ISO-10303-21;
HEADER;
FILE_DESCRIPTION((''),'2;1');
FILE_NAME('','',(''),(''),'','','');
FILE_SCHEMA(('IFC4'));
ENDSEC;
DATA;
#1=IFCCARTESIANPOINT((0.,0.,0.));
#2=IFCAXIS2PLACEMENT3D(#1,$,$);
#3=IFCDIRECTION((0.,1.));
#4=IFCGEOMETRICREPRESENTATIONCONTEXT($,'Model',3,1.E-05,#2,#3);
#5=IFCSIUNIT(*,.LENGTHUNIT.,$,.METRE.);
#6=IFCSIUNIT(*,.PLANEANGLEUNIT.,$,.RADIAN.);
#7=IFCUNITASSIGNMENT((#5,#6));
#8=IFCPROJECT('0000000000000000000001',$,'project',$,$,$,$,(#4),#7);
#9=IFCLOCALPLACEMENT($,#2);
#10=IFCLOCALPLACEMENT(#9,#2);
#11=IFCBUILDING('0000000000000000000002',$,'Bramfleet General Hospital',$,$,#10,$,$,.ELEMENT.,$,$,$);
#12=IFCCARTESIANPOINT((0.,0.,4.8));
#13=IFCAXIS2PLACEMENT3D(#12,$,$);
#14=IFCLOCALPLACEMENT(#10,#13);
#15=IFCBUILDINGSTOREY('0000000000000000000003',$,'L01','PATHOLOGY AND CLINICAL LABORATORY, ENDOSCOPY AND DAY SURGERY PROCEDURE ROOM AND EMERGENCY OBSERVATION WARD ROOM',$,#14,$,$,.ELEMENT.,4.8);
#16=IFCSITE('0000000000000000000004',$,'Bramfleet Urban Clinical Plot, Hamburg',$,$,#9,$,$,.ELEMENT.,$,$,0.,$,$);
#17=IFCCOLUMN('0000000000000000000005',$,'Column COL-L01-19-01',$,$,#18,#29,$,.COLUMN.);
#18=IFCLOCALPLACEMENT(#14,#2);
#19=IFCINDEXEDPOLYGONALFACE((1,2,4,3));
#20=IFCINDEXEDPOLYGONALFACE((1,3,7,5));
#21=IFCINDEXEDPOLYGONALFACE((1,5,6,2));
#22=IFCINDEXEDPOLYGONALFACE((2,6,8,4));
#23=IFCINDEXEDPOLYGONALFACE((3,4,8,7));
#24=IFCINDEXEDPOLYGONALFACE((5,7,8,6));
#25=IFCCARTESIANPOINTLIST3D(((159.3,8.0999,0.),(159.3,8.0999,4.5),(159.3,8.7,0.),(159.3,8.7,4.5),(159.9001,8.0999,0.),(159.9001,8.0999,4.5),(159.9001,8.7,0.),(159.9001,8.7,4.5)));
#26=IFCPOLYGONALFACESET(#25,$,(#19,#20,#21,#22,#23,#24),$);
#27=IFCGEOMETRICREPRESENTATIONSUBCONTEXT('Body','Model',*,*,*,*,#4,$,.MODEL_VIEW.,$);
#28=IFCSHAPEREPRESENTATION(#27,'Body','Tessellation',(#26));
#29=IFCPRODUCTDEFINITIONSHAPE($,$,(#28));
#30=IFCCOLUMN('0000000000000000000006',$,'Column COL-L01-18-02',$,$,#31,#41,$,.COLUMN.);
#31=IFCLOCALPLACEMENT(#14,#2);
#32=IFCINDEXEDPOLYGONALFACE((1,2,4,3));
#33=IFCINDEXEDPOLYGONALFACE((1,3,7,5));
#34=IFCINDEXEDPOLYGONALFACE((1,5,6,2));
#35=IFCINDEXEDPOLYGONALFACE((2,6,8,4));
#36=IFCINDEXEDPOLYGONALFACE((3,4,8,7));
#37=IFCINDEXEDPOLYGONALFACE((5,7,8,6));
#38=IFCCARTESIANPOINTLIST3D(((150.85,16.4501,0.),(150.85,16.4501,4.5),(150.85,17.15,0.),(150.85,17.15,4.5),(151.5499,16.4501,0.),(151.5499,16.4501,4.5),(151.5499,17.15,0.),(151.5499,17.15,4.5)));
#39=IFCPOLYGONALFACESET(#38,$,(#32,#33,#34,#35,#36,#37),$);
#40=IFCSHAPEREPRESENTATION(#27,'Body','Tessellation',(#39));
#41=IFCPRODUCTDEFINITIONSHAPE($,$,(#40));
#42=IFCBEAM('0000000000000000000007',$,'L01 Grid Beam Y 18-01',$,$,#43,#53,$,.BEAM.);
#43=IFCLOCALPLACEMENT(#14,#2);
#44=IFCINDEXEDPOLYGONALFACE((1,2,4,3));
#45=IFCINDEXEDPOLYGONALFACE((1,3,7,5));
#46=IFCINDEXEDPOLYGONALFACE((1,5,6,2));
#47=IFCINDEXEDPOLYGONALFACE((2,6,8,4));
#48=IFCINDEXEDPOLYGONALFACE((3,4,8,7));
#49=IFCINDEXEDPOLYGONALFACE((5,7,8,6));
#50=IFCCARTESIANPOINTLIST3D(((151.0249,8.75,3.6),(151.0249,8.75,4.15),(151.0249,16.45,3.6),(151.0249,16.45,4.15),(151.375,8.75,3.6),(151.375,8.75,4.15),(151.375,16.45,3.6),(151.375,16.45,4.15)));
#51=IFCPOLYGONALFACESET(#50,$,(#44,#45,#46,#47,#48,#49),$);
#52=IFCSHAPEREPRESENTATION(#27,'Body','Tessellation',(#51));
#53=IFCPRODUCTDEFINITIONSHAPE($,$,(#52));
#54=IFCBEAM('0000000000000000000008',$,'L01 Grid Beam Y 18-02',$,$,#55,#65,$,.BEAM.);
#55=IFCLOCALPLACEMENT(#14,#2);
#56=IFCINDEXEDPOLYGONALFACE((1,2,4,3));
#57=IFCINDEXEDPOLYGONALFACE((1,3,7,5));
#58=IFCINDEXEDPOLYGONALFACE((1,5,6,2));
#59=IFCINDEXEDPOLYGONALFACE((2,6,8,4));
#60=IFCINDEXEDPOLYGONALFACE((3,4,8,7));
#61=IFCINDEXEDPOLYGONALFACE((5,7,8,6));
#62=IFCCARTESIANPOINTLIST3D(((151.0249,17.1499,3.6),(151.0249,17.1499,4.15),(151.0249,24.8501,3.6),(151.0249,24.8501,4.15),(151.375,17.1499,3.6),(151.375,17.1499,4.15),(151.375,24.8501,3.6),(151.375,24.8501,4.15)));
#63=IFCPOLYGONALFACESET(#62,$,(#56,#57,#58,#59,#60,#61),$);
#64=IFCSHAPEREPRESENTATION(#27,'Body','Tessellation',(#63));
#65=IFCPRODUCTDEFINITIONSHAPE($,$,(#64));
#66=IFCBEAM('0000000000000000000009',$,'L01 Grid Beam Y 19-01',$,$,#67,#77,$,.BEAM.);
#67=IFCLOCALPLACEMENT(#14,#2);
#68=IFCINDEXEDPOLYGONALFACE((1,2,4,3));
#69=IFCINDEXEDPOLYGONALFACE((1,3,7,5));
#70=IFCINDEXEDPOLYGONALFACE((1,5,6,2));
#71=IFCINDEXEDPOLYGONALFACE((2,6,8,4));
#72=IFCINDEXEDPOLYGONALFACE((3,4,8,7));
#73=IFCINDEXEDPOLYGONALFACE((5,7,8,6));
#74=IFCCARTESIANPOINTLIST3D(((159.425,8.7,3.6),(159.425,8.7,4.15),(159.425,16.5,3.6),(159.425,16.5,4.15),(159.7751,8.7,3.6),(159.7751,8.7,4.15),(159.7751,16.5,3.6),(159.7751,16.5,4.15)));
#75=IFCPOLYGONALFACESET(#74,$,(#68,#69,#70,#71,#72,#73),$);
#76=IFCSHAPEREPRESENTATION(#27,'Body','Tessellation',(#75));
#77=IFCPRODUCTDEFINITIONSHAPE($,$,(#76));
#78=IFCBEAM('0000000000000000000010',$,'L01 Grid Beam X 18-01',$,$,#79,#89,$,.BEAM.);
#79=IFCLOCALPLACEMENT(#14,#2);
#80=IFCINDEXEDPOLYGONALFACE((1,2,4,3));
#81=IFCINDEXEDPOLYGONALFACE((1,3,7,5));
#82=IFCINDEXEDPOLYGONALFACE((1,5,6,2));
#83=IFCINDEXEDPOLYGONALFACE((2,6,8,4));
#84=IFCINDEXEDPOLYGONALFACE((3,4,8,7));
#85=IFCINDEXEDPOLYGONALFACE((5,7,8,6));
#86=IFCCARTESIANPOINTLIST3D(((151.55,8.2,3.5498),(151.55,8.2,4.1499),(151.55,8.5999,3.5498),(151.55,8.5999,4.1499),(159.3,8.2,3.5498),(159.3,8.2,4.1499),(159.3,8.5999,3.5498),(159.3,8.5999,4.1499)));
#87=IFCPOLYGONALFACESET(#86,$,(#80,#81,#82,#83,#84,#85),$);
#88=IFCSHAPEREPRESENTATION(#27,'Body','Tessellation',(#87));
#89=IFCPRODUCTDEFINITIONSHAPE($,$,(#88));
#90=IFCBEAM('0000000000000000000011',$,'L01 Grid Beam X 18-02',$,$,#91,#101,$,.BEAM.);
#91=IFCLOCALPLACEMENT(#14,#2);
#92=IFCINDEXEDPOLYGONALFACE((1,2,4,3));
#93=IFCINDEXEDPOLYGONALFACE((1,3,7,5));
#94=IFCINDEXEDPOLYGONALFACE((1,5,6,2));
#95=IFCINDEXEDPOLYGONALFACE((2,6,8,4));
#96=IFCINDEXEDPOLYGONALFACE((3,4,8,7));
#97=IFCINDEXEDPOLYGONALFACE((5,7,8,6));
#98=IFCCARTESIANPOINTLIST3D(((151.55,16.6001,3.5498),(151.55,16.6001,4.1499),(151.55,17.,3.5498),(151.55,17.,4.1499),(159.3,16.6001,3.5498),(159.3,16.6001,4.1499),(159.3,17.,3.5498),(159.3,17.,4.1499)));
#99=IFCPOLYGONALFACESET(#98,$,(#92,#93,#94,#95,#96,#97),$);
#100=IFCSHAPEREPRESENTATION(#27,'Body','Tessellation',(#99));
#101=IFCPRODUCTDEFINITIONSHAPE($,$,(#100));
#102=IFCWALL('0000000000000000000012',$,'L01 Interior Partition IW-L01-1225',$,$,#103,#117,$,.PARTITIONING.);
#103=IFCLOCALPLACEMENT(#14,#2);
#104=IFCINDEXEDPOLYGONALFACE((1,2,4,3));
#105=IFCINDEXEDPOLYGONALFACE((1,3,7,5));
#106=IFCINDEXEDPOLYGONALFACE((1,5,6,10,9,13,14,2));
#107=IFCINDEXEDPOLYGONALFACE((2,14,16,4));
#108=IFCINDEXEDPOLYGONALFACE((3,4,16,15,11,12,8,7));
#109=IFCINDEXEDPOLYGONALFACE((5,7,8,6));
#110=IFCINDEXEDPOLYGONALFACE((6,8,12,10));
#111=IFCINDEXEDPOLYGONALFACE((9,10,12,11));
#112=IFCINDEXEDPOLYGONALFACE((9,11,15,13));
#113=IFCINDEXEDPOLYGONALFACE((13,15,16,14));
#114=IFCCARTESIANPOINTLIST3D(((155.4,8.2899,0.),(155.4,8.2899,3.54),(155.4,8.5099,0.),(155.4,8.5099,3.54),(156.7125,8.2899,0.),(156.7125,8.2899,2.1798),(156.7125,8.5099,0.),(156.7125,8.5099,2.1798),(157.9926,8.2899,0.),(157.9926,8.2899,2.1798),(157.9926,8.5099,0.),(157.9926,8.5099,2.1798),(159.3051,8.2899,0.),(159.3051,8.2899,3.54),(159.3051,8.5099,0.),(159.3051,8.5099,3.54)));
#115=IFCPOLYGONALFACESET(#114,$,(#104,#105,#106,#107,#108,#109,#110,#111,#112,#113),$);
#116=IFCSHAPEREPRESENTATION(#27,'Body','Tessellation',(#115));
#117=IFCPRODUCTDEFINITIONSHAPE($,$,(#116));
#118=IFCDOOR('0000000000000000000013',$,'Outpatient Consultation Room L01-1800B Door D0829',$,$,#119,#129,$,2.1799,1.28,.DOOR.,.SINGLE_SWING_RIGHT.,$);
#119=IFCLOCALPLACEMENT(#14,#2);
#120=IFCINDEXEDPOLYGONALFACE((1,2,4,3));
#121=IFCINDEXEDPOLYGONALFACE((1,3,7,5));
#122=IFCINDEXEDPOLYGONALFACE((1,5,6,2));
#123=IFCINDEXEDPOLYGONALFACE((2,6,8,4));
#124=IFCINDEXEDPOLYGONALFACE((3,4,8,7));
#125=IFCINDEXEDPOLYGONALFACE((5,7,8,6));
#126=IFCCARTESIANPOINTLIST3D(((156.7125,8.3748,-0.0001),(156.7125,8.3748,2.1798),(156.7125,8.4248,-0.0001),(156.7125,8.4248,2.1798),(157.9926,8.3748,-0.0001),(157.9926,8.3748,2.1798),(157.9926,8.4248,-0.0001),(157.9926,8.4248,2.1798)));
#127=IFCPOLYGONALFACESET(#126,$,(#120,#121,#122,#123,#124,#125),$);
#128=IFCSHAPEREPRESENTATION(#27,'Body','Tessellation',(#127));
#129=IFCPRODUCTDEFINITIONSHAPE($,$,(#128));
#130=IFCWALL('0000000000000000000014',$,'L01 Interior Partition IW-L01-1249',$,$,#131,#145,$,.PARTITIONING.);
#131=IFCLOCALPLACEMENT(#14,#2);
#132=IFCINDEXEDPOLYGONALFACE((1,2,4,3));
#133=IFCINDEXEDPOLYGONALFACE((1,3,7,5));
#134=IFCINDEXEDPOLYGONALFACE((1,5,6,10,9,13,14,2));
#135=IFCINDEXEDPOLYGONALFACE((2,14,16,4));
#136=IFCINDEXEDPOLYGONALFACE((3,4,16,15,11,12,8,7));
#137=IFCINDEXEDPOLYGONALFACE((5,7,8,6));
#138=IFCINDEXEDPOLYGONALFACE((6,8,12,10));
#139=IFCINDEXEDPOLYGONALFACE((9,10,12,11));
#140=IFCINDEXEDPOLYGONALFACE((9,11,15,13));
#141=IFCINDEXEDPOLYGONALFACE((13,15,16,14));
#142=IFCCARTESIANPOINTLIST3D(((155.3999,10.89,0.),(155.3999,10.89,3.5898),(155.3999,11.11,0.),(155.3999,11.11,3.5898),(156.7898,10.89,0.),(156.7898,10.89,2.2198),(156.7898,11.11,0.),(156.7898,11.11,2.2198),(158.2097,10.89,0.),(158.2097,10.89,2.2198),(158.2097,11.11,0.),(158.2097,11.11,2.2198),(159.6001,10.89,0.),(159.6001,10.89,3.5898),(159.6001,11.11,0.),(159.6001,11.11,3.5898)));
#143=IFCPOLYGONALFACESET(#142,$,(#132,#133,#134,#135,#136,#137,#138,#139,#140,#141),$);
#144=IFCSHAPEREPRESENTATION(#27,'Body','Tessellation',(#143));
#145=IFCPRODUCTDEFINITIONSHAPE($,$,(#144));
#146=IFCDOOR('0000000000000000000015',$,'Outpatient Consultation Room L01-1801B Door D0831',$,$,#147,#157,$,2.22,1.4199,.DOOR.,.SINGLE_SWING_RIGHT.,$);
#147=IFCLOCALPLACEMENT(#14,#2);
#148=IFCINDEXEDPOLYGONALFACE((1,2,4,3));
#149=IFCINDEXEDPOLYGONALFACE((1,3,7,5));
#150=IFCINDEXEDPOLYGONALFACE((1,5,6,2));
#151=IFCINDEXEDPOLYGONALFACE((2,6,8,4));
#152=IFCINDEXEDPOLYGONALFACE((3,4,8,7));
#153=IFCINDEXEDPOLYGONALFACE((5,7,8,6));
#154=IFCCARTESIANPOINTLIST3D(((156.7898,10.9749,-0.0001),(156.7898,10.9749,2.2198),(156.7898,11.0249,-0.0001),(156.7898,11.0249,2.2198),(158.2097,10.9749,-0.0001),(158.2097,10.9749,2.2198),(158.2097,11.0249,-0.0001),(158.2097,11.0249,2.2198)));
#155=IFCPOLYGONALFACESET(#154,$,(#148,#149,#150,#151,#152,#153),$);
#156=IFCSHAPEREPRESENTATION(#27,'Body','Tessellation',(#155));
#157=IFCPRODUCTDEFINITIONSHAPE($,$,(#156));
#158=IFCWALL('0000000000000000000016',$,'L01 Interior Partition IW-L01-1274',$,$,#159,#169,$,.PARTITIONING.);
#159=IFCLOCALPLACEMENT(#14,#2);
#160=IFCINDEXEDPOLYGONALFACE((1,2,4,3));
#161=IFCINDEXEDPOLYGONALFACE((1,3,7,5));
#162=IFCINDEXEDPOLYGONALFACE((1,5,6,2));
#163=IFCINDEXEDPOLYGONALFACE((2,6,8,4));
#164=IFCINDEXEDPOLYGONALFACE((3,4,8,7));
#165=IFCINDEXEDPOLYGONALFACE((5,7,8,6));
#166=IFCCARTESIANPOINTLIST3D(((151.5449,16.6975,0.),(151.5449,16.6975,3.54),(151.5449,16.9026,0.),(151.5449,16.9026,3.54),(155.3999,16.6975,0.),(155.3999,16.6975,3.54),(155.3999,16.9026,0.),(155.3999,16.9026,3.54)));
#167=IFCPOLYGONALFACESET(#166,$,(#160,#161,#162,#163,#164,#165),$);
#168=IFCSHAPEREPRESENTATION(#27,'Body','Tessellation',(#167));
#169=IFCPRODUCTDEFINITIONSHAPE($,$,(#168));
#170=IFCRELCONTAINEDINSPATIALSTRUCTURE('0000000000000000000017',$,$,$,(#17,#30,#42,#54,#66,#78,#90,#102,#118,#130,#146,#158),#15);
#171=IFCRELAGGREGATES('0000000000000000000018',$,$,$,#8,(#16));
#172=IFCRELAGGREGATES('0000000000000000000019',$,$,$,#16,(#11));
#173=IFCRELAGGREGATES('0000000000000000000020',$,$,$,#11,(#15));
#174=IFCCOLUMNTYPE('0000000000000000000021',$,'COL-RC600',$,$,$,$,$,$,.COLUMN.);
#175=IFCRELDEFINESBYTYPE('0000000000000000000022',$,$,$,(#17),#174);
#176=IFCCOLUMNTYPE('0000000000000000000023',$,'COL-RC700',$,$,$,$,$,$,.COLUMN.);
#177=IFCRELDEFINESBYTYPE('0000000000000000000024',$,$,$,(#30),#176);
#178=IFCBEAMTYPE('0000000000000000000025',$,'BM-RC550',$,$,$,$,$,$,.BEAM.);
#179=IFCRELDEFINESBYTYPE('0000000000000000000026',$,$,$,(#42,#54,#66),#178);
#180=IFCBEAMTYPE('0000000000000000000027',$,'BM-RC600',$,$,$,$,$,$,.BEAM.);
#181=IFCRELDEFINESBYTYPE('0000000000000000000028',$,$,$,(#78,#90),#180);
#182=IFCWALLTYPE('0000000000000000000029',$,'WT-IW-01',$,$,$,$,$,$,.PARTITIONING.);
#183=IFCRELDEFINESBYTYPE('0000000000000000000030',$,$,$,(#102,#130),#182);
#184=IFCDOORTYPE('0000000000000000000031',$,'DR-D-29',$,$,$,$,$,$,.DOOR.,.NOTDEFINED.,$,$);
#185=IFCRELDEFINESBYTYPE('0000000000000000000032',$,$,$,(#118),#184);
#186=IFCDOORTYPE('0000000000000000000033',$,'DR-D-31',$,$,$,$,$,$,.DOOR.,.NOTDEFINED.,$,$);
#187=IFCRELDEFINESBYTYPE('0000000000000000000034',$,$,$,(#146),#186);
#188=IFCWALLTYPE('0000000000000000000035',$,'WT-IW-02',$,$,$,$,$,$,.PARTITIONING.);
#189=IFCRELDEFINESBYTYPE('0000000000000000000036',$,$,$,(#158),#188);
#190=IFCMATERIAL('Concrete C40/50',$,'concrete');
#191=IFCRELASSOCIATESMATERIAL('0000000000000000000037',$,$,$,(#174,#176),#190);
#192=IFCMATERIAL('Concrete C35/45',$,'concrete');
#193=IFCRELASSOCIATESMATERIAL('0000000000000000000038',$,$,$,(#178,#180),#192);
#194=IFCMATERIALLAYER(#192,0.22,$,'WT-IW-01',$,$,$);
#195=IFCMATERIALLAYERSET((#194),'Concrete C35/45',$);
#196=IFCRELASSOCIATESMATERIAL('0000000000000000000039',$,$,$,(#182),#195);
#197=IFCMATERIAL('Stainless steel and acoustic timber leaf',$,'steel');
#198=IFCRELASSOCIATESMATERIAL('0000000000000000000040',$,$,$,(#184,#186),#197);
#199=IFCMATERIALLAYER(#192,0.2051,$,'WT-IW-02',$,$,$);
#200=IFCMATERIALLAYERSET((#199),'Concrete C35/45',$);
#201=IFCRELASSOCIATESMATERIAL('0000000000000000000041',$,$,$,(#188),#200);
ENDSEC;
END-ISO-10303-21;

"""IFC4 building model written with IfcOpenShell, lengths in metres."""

from ifc_helpers import new_model, si_unit, direction, frame, frame_2d, origin, origin_2d, place, context, subcontext, project, spatial, rectangle, extrude, material, layer, layer_set, material_profile, profile_set, type_object, element, fill, save


model = new_model("IFC4")

# Units and contexts
model_context = context("Model", 3, precision=1e-05, world=origin(), true_north=direction((0.0, 1.0)))
body_context = subcontext(model_context, "Body", "Model", "MODEL_VIEW")
ifc_project = project(units=[si_unit("LENGTHUNIT", "METRE"), si_unit("PLANEANGLEUNIT", "RADIAN")], contexts=[model_context])

# Site, building, storey
site_placement = place(None, origin())
site = spatial("IfcSite", under=ifc_project, at=site_placement, Name="Bramfleet Urban Clinical Plot, Hamburg", CompositionType="ELEMENT", RefElevation=0.0)
building_placement = place(site_placement, origin())
building = spatial("IfcBuilding", under=site, at=building_placement, Name="Bramfleet General Hospital", CompositionType="ELEMENT")
storey_placement = place(building_placement, frame((0.0, 0.0, 4.8)))
storey = spatial("IfcBuildingStorey", under=building, at=storey_placement, Name="L01", Description="PATHOLOGY AND CLINICAL LABORATORY, ENDOSCOPY AND DAY SURGERY PROCEDURE ROOM AND EMERGENCY OBSERVATION WARD ROOM", CompositionType="ELEMENT", Elevation=4.8)

# Columns
ifc_material_1 = material(Name="Concrete C40/50", Category="concrete")
ifc_material_profile_1 = material_profile(ifc_material_1, rectangle(XDim=0.6001, YDim=0.6001, at=origin_2d()), Name="RC COL 600x600")
ifc_profile_set_1 = profile_set([ifc_material_profile_1], Name="Concrete C40/50")
column_type_1 = type_object("IfcColumnType", Name="COL-RC600", PredefinedType="COLUMN", material=ifc_profile_set_1)
column_1_placement = place(storey_placement, frame((159.6001, 8.3999, 0.0), z_axis=(0.0, 0.0, 1.0), x_axis=(1.0, 0.0, 0.0)))
element("IfcColumn", 1, at=column_1_placement, inside=storey, type_object=column_type_1, Name="Column COL-L01-19-01", PredefinedType="COLUMN", context=body_context, shape_type="SweptSolid", body=[
    extrude(rectangle(XDim=0.6001, YDim=0.6001, at=origin_2d()), origin(), (0.0, 0.0, 1.0), 4.5),
])
ifc_material_profile_2 = material_profile(ifc_material_1, rectangle(XDim=0.7, YDim=0.7, at=origin_2d()), Name="RC COL 700x700")
ifc_profile_set_2 = profile_set([ifc_material_profile_2], Name="Concrete C40/50")
column_type_2 = type_object("IfcColumnType", Name="COL-RC700", PredefinedType="COLUMN", material=ifc_profile_set_2)
column_2_placement = place(storey_placement, frame((151.2, 16.8, 0.0), z_axis=(0.0, 0.0, 1.0), x_axis=(1.0, 0.0, 0.0)))
element("IfcColumn", 2, at=column_2_placement, inside=storey, type_object=column_type_2, Name="Column COL-L01-18-02", PredefinedType="COLUMN", context=body_context, shape_type="SweptSolid", body=[
    extrude(rectangle(XDim=0.7, YDim=0.7, at=origin_2d()), origin(), (0.0, 0.0, 1.0), 4.5),
])

# Beams
ifc_material_2 = material(Name="Concrete C35/45", Category="concrete")
ifc_material_profile_3 = material_profile(ifc_material_2, rectangle(XDim=0.3501, YDim=0.55, at=origin_2d()), Name="RC BM 550x350")
ifc_profile_set_3 = profile_set([ifc_material_profile_3], Name="Concrete C35/45")
beam_type_1 = type_object("IfcBeamType", Name="BM-RC550", PredefinedType="BEAM", material=ifc_profile_set_3)
beam_1_placement = place(storey_placement, frame((151.2, 8.75, 3.875), z_axis=(0.0, 1.0, 0.0), x_axis=(-1.0, 0.0, 0.0)))
element("IfcBeam", 3, at=beam_1_placement, inside=storey, type_object=beam_type_1, Name="L01 Grid Beam Y 18-01", PredefinedType="BEAM", context=body_context, shape_type="SweptSolid", body=[
    extrude(rectangle(XDim=0.3501, YDim=0.55, at=origin_2d()), origin(), (0.0, 0.0, 1.0), 7.7),
])
beam_2_placement = place(storey_placement, frame((151.2, 17.1499, 3.875), z_axis=(0.0, 1.0, 0.0), x_axis=(-1.0, 0.0, 0.0)))
element("IfcBeam", 4, at=beam_2_placement, inside=storey, type_object=beam_type_1, Name="L01 Grid Beam Y 18-02", PredefinedType="BEAM", context=body_context, shape_type="SweptSolid", body=[
    extrude(rectangle(XDim=0.3501, YDim=0.55, at=origin_2d()), origin(), (0.0, 0.0, 1.0), 7.7002),
])
beam_3_placement = place(storey_placement, frame((159.6001, 8.7, 3.875), z_axis=(0.0, 1.0, 0.0), x_axis=(-1.0, 0.0, 0.0)))
element("IfcBeam", 5, at=beam_3_placement, inside=storey, type_object=beam_type_1, Name="L01 Grid Beam Y 19-01", PredefinedType="BEAM", context=body_context, shape_type="SweptSolid", body=[
    extrude(rectangle(XDim=0.3501, YDim=0.55, at=origin_2d()), origin(), (0.0, 0.0, 1.0), 7.8),
])
ifc_material_profile_4 = material_profile(ifc_material_2, rectangle(XDim=0.3999, YDim=0.6001, at=origin_2d()), Name="RC BM 600x400")
ifc_profile_set_4 = profile_set([ifc_material_profile_4], Name="Concrete C35/45")
beam_type_2 = type_object("IfcBeamType", Name="BM-RC600", PredefinedType="BEAM", material=ifc_profile_set_4)
for number, where, z_axis, x_axis, name in (
    (6, (151.55, 8.3999, 3.8499), (1.0, 0.0, 0.0), (0.0, 1.0, 0.0), "L01 Grid Beam X 18-01"),
    (7, (151.55, 16.8, 3.8499), (1.0, 0.0, 0.0), (0.0, 1.0, 0.0), "L01 Grid Beam X 18-02"),
):
    element("IfcBeam", number, at=place(storey_placement, frame(where, z_axis=z_axis, x_axis=x_axis)), inside=storey, type_object=beam_type_2, Name=name, PredefinedType="BEAM", context=body_context, shape_type="SweptSolid", body=[
        extrude(rectangle(XDim=0.3999, YDim=0.6001, at=origin_2d()), origin(), (0.0, 0.0, 1.0), 7.75),
    ])

# Walls, openings, doors
ifc_layer_1 = layer(ifc_material_2, 0.22, Name="WT-IW-01")
ifc_layer_set_1 = layer_set([ifc_layer_1], Name="Concrete C35/45")
wall_type_1 = type_object("IfcWallType", Name="WT-IW-01", PredefinedType="PARTITIONING", material=ifc_layer_set_1)
wall_1_placement = place(storey_placement, frame((155.3999, 8.3999, 0.0), z_axis=(0.0, 0.0, 1.0), x_axis=(1.0, 0.0, 0.0)))
wall_1 = element("IfcWall", 8, at=wall_1_placement, inside=storey, type_object=wall_type_1, Name="L01 Interior Partition IW-L01-1225", PredefinedType="PARTITIONING", context=body_context, shape_type="SweptSolid", body=[
    extrude(rectangle(XDim=3.905, YDim=0.22, at=frame_2d((1.9526, 0.0))), origin(), (0.0, 0.0, 1.0), 3.54),
])
opening_1_placement = place(wall_1_placement, frame((1.3125, 0.0, 0.0)))
opening_1 = element("IfcOpeningElement", 9, at=opening_1_placement, cuts=wall_1, PredefinedType="OPENING", context=body_context, shape_type="SweptSolid", body=[
    extrude(rectangle(XDim=1.28, YDim=2.1799, at=frame_2d((0.6401, 1.0898))), frame((0.0, 0.1199, 0.0), z_axis=(0.0, -1.0, 0.0), x_axis=(1.0, 0.0, 0.0)), (0.0, 0.0, 1.0), 0.24),
])
ifc_material_3 = material(Name="Stainless steel and acoustic timber leaf", Category="steel")
door_type_1 = type_object("IfcDoorType", Name="DR-D-29", OperationType="NOTDEFINED", PredefinedType="DOOR", material=ifc_material_3)
door_1_placement = place(opening_1_placement, origin())
door_1 = element("IfcDoor", 10, at=door_1_placement, inside=storey, type_object=door_type_1, Name="Outpatient Consultation Room L01-1800B Door D0829", OperationType="SINGLE_SWING_RIGHT", OverallHeight=2.1799, OverallWidth=1.28, PredefinedType="DOOR", context=body_context, shape_type="SweptSolid", body=[
    extrude(rectangle(XDim=1.28, YDim=2.1799, at=frame_2d((0.6401, 1.0898))), frame((0.0, 0.0249, 0.0), z_axis=(0.0, -1.0, 0.0), x_axis=(1.0, 0.0, 0.0)), (0.0, 0.0, 1.0), 0.05),
])
fill(opening_1, door_1)
wall_2_placement = place(storey_placement, frame((155.3999, 11.0, 0.0), z_axis=(0.0, 0.0, 1.0), x_axis=(1.0, 0.0, 0.0)))
wall_2 = element("IfcWall", 11, at=wall_2_placement, inside=storey, type_object=wall_type_1, Name="L01 Interior Partition IW-L01-1249", PredefinedType="PARTITIONING", context=body_context, shape_type="SweptSolid", body=[
    extrude(rectangle(XDim=4.2002, YDim=0.22, at=frame_2d((2.1001, 0.0))), origin(), (0.0, 0.0, 1.0), 3.5898),
])
opening_2_placement = place(wall_2_placement, frame((1.3899, 0.0, 0.0)))
opening_2 = element("IfcOpeningElement", 12, at=opening_2_placement, cuts=wall_2, PredefinedType="OPENING", context=body_context, shape_type="SweptSolid", body=[
    extrude(rectangle(XDim=1.4199, YDim=2.22, at=frame_2d((0.71, 1.1099))), frame((0.0, 0.1199, 0.0), z_axis=(0.0, -1.0, 0.0), x_axis=(1.0, 0.0, 0.0)), (0.0, 0.0, 1.0), 0.24),
])
door_type_2 = type_object("IfcDoorType", Name="DR-D-31", OperationType="NOTDEFINED", PredefinedType="DOOR", material=ifc_material_3)
door_2_placement = place(opening_2_placement, origin())
door_2 = element("IfcDoor", 13, at=door_2_placement, inside=storey, type_object=door_type_2, Name="Outpatient Consultation Room L01-1801B Door D0831", OperationType="SINGLE_SWING_RIGHT", OverallHeight=2.22, OverallWidth=1.4199, PredefinedType="DOOR", context=body_context, shape_type="SweptSolid", body=[
    extrude(rectangle(XDim=1.4199, YDim=2.22, at=frame_2d((0.71, 1.1099))), frame((0.0, 0.0249, 0.0), z_axis=(0.0, -1.0, 0.0), x_axis=(1.0, 0.0, 0.0)), (0.0, 0.0, 1.0), 0.05),
])
fill(opening_2, door_2)

# Wall
ifc_layer_2 = layer(ifc_material_2, 0.2051, Name="WT-IW-02")
ifc_layer_set_2 = layer_set([ifc_layer_2], Name="Concrete C35/45")
wall_type_2 = type_object("IfcWallType", Name="WT-IW-02", PredefinedType="PARTITIONING", material=ifc_layer_set_2)
wall_3_placement = place(storey_placement, frame((151.5449, 16.8, 0.0), z_axis=(0.0, 0.0, 1.0), x_axis=(1.0, 0.0, 0.0)))
element("IfcWall", 14, at=wall_3_placement, inside=storey, type_object=wall_type_2, Name="L01 Interior Partition IW-L01-1274", PredefinedType="PARTITIONING", context=body_context, shape_type="SweptSolid", body=[
    extrude(rectangle(XDim=3.855, YDim=0.2051, at=frame_2d((1.9275, 0.0))), origin(), (0.0, 0.0, 1.0), 3.54),
])

save(model, "model.ifc")
